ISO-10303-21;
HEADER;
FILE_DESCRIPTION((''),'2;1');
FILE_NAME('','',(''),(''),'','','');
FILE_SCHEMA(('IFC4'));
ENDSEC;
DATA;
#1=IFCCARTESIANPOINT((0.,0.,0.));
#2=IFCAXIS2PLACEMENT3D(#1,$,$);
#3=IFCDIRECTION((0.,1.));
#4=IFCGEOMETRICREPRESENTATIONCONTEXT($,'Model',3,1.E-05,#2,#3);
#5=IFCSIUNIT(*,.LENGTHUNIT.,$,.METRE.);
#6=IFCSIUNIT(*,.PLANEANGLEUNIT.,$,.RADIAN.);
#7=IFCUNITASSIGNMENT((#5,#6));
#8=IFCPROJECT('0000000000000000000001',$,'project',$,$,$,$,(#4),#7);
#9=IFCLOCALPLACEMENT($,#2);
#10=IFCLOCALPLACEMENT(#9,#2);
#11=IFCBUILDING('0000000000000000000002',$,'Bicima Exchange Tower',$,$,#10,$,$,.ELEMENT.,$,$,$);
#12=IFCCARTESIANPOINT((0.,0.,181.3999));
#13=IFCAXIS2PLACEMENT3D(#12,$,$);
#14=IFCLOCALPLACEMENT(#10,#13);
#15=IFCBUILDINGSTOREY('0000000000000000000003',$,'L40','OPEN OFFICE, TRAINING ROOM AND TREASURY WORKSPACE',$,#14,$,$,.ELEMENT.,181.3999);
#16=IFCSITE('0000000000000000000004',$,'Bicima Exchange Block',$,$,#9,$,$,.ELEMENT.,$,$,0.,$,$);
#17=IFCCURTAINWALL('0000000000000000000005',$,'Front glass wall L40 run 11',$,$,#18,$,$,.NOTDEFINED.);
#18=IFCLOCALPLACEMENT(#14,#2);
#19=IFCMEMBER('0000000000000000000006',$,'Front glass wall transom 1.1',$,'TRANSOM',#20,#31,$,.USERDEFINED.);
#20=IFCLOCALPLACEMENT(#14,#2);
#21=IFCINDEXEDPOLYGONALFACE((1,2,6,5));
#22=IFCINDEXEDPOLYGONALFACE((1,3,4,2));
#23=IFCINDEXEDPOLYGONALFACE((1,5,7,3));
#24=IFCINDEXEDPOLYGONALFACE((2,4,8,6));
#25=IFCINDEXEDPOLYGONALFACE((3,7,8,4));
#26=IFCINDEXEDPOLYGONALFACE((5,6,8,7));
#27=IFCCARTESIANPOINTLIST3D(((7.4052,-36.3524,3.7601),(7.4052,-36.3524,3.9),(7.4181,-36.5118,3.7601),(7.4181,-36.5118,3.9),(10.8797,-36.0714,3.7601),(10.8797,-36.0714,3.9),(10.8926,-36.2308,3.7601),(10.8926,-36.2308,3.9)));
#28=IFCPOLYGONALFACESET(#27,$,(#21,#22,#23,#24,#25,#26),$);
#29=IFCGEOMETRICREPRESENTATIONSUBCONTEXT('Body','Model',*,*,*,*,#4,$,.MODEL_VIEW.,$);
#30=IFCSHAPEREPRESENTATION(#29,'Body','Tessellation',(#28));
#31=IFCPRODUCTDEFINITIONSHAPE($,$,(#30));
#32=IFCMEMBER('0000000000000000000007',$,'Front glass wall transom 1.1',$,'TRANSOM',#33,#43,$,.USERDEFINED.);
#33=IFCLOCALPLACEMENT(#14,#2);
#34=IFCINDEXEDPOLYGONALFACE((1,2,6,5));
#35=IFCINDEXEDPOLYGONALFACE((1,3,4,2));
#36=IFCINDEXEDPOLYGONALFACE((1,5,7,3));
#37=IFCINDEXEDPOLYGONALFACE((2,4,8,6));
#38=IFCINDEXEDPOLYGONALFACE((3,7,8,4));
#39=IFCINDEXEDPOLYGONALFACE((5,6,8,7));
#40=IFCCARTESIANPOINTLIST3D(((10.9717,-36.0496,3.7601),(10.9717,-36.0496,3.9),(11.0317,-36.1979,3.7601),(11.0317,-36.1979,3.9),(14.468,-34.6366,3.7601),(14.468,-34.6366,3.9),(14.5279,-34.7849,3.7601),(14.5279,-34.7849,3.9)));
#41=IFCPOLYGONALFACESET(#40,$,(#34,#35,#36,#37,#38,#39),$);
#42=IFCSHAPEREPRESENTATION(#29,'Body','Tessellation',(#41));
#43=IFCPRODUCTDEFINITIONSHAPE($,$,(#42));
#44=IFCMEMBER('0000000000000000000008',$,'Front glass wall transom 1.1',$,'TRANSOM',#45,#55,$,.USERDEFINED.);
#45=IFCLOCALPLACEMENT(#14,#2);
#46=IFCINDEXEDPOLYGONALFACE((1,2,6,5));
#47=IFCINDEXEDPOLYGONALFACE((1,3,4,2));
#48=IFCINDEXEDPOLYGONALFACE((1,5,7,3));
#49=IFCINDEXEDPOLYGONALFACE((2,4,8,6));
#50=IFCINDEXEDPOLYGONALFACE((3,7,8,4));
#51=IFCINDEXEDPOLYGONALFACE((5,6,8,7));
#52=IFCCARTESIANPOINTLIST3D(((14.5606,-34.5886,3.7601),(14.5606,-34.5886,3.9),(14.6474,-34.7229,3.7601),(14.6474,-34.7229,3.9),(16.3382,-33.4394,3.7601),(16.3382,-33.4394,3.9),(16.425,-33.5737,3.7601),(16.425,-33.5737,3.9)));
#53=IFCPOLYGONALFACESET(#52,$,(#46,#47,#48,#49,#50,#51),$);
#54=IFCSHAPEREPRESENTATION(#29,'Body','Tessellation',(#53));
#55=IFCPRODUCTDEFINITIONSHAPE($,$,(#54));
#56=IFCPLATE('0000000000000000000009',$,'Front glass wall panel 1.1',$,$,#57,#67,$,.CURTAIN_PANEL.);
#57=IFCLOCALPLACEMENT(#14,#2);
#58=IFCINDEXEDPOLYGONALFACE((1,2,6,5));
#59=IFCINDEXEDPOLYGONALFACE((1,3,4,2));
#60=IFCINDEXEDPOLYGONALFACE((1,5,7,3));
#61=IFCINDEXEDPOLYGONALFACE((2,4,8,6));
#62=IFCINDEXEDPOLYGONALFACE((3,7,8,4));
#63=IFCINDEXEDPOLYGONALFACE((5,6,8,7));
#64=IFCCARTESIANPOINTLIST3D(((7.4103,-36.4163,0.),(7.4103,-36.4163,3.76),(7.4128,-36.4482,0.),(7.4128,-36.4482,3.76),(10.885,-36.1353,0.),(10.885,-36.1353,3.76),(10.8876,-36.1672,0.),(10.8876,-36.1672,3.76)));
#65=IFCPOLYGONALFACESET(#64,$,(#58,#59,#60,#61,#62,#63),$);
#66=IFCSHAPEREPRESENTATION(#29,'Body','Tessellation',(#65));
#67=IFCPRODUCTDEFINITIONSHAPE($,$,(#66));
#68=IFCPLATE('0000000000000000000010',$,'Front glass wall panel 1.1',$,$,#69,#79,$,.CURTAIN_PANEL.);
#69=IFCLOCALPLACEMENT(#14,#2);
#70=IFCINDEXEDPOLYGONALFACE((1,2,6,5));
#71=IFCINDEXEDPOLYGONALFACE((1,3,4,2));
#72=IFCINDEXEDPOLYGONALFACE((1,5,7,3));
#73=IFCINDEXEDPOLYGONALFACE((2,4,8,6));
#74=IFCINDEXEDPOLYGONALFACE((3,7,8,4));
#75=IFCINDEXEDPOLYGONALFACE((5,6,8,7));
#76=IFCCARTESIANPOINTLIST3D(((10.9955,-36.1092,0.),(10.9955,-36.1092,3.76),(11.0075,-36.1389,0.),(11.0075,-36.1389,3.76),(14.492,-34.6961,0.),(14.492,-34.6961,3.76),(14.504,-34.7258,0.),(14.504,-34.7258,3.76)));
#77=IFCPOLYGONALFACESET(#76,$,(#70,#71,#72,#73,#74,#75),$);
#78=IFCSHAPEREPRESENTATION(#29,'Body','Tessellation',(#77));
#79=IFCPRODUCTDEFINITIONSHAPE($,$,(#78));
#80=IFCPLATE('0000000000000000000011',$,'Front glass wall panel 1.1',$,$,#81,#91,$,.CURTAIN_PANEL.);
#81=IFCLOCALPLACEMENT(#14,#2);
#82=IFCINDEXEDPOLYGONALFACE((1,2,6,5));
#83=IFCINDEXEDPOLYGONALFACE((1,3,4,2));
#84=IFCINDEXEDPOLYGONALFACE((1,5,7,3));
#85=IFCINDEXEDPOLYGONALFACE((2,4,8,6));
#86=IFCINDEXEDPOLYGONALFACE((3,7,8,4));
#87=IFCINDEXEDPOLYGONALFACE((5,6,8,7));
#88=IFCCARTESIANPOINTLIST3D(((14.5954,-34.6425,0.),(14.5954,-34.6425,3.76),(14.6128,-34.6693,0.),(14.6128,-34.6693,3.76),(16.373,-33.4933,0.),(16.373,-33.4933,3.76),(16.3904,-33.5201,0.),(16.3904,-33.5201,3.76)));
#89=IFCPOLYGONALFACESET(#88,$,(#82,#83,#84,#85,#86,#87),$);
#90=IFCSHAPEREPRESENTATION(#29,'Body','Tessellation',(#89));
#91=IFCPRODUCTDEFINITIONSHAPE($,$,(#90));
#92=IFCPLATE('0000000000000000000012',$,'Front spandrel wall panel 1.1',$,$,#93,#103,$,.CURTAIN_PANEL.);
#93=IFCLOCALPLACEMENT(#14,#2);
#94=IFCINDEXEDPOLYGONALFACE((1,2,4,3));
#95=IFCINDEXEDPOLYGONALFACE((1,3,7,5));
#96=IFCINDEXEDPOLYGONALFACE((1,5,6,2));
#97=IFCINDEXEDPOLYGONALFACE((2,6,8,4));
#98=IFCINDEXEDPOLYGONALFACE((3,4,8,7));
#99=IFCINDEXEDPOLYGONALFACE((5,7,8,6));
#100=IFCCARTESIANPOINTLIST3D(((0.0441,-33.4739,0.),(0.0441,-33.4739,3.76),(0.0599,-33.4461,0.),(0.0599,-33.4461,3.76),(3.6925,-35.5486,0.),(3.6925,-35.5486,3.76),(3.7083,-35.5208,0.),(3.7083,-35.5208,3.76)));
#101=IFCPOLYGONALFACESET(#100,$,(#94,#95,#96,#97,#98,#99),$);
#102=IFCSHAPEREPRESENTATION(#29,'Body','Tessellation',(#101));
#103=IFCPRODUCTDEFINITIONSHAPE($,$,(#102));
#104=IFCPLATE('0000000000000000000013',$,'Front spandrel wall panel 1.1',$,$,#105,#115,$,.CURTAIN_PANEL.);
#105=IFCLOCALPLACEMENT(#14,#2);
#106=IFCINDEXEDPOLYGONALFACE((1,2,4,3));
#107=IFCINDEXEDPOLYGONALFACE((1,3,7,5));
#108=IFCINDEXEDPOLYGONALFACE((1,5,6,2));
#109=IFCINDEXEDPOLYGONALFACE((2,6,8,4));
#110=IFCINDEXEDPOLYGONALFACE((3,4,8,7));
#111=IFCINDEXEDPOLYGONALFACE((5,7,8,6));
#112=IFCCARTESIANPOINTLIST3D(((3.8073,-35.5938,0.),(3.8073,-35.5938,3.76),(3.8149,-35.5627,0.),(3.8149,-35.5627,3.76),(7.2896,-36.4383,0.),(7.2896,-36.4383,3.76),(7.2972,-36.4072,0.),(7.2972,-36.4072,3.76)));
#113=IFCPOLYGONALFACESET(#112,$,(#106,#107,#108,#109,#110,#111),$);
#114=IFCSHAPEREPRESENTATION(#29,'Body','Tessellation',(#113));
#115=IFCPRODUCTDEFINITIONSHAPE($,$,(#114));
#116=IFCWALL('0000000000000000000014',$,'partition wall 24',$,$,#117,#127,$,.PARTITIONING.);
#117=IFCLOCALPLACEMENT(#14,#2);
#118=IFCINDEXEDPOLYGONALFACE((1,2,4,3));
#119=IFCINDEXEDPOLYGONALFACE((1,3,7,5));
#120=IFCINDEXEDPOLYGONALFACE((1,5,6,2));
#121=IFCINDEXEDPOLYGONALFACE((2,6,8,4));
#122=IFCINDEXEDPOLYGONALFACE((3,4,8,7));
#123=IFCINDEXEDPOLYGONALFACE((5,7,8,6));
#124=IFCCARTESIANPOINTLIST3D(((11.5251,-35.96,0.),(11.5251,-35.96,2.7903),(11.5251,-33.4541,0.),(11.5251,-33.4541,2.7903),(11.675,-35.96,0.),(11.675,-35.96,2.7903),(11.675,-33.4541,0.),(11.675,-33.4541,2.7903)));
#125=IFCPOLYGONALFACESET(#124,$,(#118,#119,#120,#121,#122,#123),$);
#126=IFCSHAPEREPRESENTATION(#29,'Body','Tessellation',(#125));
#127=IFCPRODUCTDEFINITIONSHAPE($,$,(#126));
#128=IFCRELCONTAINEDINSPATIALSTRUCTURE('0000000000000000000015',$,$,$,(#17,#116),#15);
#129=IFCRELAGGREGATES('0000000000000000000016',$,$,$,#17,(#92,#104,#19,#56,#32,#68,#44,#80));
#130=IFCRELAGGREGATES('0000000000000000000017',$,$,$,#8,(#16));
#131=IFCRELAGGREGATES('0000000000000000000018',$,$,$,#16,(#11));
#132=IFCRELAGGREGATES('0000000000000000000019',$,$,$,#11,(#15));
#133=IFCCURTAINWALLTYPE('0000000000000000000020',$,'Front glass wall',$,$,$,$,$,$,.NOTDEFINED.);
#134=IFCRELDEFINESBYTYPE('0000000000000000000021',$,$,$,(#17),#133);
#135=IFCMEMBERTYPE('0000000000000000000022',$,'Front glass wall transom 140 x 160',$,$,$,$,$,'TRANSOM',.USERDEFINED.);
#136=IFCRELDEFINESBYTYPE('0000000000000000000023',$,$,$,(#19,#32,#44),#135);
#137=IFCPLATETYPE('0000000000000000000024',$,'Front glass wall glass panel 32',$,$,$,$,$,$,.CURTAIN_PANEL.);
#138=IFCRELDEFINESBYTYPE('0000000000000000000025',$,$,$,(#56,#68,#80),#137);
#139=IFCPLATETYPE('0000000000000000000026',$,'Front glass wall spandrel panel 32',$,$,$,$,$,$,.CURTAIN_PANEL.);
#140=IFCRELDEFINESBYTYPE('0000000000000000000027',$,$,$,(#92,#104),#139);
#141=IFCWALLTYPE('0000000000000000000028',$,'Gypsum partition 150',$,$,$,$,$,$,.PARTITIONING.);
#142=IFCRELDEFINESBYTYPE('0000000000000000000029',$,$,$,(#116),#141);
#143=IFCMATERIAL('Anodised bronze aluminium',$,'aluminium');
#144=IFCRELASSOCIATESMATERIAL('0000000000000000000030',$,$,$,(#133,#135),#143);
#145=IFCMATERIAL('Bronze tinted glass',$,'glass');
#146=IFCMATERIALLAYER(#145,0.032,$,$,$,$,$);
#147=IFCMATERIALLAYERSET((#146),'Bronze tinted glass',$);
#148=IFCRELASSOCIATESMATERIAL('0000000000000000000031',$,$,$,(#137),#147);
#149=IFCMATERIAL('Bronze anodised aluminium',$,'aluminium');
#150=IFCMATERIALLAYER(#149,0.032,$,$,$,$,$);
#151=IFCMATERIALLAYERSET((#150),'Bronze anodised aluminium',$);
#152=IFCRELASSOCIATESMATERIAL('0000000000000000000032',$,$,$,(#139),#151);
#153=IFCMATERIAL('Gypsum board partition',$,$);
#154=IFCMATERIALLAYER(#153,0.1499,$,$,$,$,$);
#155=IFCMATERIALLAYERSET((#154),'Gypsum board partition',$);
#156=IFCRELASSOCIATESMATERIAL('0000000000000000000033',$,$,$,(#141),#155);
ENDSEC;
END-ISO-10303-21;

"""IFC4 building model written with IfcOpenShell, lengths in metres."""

from ifc_helpers import new_model, si_unit, direction, frame, frame_2d, origin, origin_2d, place, context, subcontext, project, spatial, rectangle, extrude, material, layer, layer_set, material_profile, profile_set, type_object, element, aggregate, save


model = new_model("IFC4")

# Units and contexts
model_context = context("Model", 3, precision=1e-05, world=origin(), true_north=direction((0.0, 1.0)))
body_context = subcontext(model_context, "Body", "Model", "MODEL_VIEW")
ifc_project = project(units=[si_unit("LENGTHUNIT", "METRE"), si_unit("PLANEANGLEUNIT", "RADIAN")], contexts=[model_context])

# Site, building, storey
site_placement = place(None, origin())
site = spatial("IfcSite", under=ifc_project, at=site_placement, Name="Bicima Exchange Block", CompositionType="ELEMENT", RefElevation=0.0)
building_placement = place(site_placement, origin())
building = spatial("IfcBuilding", under=site, at=building_placement, Name="Bicima Exchange Tower", CompositionType="ELEMENT")
storey_placement = place(building_placement, frame((0.0, 0.0, 181.3999)))
storey = spatial("IfcBuildingStorey", under=building, at=storey_placement, Name="L40", Description="OPEN OFFICE, TRAINING ROOM AND TREASURY WORKSPACE", CompositionType="ELEMENT", Elevation=181.3999)

# Curtain wall, members, plates
ifc_material_1 = material(Name="Anodised bronze aluminium", Category="aluminium")
curtain_wall_type = type_object("IfcCurtainWallType", Name="Front glass wall", PredefinedType="NOTDEFINED", material=ifc_material_1)
curtain_wall_placement = place(storey_placement, origin())
curtain_wall = element("IfcCurtainWall", 1, at=curtain_wall_placement, inside=storey, type_object=curtain_wall_type, Name="Front glass wall L40 run 11", PredefinedType="NOTDEFINED")
ifc_material_profile_1 = material_profile(ifc_material_1, rectangle(XDim=0.1599, YDim=0.1399, at=origin_2d()))
ifc_profile_set_1 = profile_set([ifc_material_profile_1], Name="Anodised bronze aluminium")
member_type_1 = type_object("IfcMemberType", Name="Front glass wall transom 140 x 160", ElementType="TRANSOM", PredefinedType="USERDEFINED", material=ifc_profile_set_1)
member_1_placement = place(storey_placement, frame((7.4116, -36.4321, 3.8301), z_axis=(0.996746, 0.080611, 0.0), x_axis=(-0.080611, 0.996746, 0.0)))
member_1 = element("IfcMember", 2, at=member_1_placement, type_object=member_type_1, Name="Front glass wall transom 1.1", ObjectType="TRANSOM", PredefinedType="USERDEFINED", context=body_context, shape_type="SweptSolid", body=[
    extrude(rectangle(XDim=0.1599, YDim=0.1399, at=origin_2d()), origin(), (0.0, 0.0, 1.0), 3.4858),
])
member_2_placement = place(storey_placement, frame((11.0017, -36.1238, 3.8301), z_axis=(0.92714, 0.374715, 0.0), x_axis=(-0.374715, 0.92714, 0.0)))
member_2 = element("IfcMember", 3, at=member_2_placement, type_object=member_type_1, Name="Front glass wall transom 1.1", ObjectType="TRANSOM", PredefinedType="USERDEFINED", context=body_context, shape_type="SweptSolid", body=[
    extrude(rectangle(XDim=0.1599, YDim=0.1399, at=origin_2d()), origin(), (0.0, 0.0, 1.0), 3.771),
])
member_3_placement = place(storey_placement, frame((14.604, -34.6558, 3.8301), z_axis=(0.839793, 0.542907, 0.0), x_axis=(-0.542907, 0.839793, 0.0)))
member_3 = element("IfcMember", 4, at=member_3_placement, type_object=member_type_1, Name="Front glass wall transom 1.1", ObjectType="TRANSOM", PredefinedType="USERDEFINED", context=body_context, shape_type="SweptSolid", body=[
    extrude(rectangle(XDim=0.1599, YDim=0.1399, at=origin_2d()), origin(), (0.0, 0.0, 1.0), 2.1167),
])
ifc_material_2 = material(Name="Bronze tinted glass", Category="glass")
ifc_layer_1 = layer(ifc_material_2, 0.032)
ifc_layer_set_1 = layer_set([ifc_layer_1], Name="Bronze tinted glass")
plate_type_1 = type_object("IfcPlateType", Name="Front glass wall glass panel 32", PredefinedType="CURTAIN_PANEL", material=ifc_layer_set_1)
plate_1_placement = place(storey_placement, frame((9.1489, -36.2917, 0.0), z_axis=(0.0, 0.0, 1.0), x_axis=(0.996747, 0.080589, 0.0)))
plate_1 = element("IfcPlate", 5, at=plate_1_placement, type_object=plate_type_1, Name="Front glass wall panel 1.1", PredefinedType="CURTAIN_PANEL", context=body_context, shape_type="SweptSolid", body=[
    extrude(rectangle(XDim=3.4861, YDim=0.032, at=origin_2d()), origin(), (0.0, 0.0, 1.0), 3.76),
])
plate_2_placement = place(storey_placement, frame((12.7498, -35.4175, 0.0), z_axis=(0.0, 0.0, 1.0), x_axis=(0.927144, 0.374705, 0.0)))
plate_2 = element("IfcPlate", 6, at=plate_2_placement, type_object=plate_type_1, Name="Front glass wall panel 1.1", PredefinedType="CURTAIN_PANEL", context=body_context, shape_type="SweptSolid", body=[
    extrude(rectangle(XDim=3.7712, YDim=0.032, at=origin_2d()), origin(), (0.0, 0.0, 1.0), 3.76),
])
plate_3_placement = place(storey_placement, frame((15.4929, -34.0813, 0.0), z_axis=(0.0, 0.0, 1.0), x_axis=(0.839791, 0.542909, 0.0)))
plate_3 = element("IfcPlate", 7, at=plate_3_placement, type_object=plate_type_1, Name="Front glass wall panel 1.1", PredefinedType="CURTAIN_PANEL", context=body_context, shape_type="SweptSolid", body=[
    extrude(rectangle(XDim=2.1167, YDim=0.032, at=origin_2d()), origin(), (0.0, 0.0, 1.0), 3.76),
])
ifc_material_3 = material(Name="Bronze anodised aluminium", Category="aluminium")
ifc_layer_2 = layer(ifc_material_3, 0.032)
ifc_layer_set_2 = layer_set([ifc_layer_2], Name="Bronze anodised aluminium")
plate_type_2 = type_object("IfcPlateType", Name="Front glass wall spandrel panel 32", PredefinedType="CURTAIN_PANEL", material=ifc_layer_set_2)
plate_4_placement = place(storey_placement, frame((1.8762, -34.4973, 0.0), z_axis=(0.0, 0.0, 1.0), x_axis=(0.869274, -0.49433, 0.0)))
plate_4 = element("IfcPlate", 8, at=plate_4_placement, type_object=plate_type_2, Name="Front spandrel wall panel 1.1", PredefinedType="CURTAIN_PANEL", context=body_context, shape_type="SweptSolid", body=[
    extrude(rectangle(XDim=4.197, YDim=0.032, at=origin_2d()), origin(), (0.0, 0.0, 1.0), 3.76),
])
plate_5_placement = place(storey_placement, frame((5.5522, -36.0005, 0.0), z_axis=(0.0, 0.0, 1.0), x_axis=(0.97183, -0.235682, 0.0)))
plate_5 = element("IfcPlate", 9, at=plate_5_placement, type_object=plate_type_2, Name="Front spandrel wall panel 1.1", PredefinedType="CURTAIN_PANEL", context=body_context, shape_type="SweptSolid", body=[
    extrude(rectangle(XDim=3.5833, YDim=0.032, at=origin_2d()), origin(), (0.0, 0.0, 1.0), 3.76),
])
aggregate(curtain_wall, [plate_4, plate_5, member_1, plate_1, member_2, plate_2, member_3, plate_3])

# Wall
ifc_material_4 = material(Name="Gypsum board partition")
ifc_layer_3 = layer(ifc_material_4, 0.1499)
ifc_layer_set_3 = layer_set([ifc_layer_3], Name="Gypsum board partition")
wall_type = type_object("IfcWallType", Name="Gypsum partition 150", PredefinedType="PARTITIONING", material=ifc_layer_set_3)
wall_placement = place(storey_placement, frame((11.6001, -35.96, 0.0), z_axis=(0.0, 0.0, 1.0), x_axis=(0.0, 1.0, 0.0)))
element("IfcWall", 10, at=wall_placement, inside=storey, type_object=wall_type, Name="partition wall 24", PredefinedType="PARTITIONING", context=body_context, shape_type="SweptSolid", body=[
    extrude(rectangle(XDim=2.5059, YDim=0.1499, at=frame_2d((1.2529, 0.0))), origin(), (0.0, 0.0, 1.0), 2.7903),
])

save(model, "model.ifc")
